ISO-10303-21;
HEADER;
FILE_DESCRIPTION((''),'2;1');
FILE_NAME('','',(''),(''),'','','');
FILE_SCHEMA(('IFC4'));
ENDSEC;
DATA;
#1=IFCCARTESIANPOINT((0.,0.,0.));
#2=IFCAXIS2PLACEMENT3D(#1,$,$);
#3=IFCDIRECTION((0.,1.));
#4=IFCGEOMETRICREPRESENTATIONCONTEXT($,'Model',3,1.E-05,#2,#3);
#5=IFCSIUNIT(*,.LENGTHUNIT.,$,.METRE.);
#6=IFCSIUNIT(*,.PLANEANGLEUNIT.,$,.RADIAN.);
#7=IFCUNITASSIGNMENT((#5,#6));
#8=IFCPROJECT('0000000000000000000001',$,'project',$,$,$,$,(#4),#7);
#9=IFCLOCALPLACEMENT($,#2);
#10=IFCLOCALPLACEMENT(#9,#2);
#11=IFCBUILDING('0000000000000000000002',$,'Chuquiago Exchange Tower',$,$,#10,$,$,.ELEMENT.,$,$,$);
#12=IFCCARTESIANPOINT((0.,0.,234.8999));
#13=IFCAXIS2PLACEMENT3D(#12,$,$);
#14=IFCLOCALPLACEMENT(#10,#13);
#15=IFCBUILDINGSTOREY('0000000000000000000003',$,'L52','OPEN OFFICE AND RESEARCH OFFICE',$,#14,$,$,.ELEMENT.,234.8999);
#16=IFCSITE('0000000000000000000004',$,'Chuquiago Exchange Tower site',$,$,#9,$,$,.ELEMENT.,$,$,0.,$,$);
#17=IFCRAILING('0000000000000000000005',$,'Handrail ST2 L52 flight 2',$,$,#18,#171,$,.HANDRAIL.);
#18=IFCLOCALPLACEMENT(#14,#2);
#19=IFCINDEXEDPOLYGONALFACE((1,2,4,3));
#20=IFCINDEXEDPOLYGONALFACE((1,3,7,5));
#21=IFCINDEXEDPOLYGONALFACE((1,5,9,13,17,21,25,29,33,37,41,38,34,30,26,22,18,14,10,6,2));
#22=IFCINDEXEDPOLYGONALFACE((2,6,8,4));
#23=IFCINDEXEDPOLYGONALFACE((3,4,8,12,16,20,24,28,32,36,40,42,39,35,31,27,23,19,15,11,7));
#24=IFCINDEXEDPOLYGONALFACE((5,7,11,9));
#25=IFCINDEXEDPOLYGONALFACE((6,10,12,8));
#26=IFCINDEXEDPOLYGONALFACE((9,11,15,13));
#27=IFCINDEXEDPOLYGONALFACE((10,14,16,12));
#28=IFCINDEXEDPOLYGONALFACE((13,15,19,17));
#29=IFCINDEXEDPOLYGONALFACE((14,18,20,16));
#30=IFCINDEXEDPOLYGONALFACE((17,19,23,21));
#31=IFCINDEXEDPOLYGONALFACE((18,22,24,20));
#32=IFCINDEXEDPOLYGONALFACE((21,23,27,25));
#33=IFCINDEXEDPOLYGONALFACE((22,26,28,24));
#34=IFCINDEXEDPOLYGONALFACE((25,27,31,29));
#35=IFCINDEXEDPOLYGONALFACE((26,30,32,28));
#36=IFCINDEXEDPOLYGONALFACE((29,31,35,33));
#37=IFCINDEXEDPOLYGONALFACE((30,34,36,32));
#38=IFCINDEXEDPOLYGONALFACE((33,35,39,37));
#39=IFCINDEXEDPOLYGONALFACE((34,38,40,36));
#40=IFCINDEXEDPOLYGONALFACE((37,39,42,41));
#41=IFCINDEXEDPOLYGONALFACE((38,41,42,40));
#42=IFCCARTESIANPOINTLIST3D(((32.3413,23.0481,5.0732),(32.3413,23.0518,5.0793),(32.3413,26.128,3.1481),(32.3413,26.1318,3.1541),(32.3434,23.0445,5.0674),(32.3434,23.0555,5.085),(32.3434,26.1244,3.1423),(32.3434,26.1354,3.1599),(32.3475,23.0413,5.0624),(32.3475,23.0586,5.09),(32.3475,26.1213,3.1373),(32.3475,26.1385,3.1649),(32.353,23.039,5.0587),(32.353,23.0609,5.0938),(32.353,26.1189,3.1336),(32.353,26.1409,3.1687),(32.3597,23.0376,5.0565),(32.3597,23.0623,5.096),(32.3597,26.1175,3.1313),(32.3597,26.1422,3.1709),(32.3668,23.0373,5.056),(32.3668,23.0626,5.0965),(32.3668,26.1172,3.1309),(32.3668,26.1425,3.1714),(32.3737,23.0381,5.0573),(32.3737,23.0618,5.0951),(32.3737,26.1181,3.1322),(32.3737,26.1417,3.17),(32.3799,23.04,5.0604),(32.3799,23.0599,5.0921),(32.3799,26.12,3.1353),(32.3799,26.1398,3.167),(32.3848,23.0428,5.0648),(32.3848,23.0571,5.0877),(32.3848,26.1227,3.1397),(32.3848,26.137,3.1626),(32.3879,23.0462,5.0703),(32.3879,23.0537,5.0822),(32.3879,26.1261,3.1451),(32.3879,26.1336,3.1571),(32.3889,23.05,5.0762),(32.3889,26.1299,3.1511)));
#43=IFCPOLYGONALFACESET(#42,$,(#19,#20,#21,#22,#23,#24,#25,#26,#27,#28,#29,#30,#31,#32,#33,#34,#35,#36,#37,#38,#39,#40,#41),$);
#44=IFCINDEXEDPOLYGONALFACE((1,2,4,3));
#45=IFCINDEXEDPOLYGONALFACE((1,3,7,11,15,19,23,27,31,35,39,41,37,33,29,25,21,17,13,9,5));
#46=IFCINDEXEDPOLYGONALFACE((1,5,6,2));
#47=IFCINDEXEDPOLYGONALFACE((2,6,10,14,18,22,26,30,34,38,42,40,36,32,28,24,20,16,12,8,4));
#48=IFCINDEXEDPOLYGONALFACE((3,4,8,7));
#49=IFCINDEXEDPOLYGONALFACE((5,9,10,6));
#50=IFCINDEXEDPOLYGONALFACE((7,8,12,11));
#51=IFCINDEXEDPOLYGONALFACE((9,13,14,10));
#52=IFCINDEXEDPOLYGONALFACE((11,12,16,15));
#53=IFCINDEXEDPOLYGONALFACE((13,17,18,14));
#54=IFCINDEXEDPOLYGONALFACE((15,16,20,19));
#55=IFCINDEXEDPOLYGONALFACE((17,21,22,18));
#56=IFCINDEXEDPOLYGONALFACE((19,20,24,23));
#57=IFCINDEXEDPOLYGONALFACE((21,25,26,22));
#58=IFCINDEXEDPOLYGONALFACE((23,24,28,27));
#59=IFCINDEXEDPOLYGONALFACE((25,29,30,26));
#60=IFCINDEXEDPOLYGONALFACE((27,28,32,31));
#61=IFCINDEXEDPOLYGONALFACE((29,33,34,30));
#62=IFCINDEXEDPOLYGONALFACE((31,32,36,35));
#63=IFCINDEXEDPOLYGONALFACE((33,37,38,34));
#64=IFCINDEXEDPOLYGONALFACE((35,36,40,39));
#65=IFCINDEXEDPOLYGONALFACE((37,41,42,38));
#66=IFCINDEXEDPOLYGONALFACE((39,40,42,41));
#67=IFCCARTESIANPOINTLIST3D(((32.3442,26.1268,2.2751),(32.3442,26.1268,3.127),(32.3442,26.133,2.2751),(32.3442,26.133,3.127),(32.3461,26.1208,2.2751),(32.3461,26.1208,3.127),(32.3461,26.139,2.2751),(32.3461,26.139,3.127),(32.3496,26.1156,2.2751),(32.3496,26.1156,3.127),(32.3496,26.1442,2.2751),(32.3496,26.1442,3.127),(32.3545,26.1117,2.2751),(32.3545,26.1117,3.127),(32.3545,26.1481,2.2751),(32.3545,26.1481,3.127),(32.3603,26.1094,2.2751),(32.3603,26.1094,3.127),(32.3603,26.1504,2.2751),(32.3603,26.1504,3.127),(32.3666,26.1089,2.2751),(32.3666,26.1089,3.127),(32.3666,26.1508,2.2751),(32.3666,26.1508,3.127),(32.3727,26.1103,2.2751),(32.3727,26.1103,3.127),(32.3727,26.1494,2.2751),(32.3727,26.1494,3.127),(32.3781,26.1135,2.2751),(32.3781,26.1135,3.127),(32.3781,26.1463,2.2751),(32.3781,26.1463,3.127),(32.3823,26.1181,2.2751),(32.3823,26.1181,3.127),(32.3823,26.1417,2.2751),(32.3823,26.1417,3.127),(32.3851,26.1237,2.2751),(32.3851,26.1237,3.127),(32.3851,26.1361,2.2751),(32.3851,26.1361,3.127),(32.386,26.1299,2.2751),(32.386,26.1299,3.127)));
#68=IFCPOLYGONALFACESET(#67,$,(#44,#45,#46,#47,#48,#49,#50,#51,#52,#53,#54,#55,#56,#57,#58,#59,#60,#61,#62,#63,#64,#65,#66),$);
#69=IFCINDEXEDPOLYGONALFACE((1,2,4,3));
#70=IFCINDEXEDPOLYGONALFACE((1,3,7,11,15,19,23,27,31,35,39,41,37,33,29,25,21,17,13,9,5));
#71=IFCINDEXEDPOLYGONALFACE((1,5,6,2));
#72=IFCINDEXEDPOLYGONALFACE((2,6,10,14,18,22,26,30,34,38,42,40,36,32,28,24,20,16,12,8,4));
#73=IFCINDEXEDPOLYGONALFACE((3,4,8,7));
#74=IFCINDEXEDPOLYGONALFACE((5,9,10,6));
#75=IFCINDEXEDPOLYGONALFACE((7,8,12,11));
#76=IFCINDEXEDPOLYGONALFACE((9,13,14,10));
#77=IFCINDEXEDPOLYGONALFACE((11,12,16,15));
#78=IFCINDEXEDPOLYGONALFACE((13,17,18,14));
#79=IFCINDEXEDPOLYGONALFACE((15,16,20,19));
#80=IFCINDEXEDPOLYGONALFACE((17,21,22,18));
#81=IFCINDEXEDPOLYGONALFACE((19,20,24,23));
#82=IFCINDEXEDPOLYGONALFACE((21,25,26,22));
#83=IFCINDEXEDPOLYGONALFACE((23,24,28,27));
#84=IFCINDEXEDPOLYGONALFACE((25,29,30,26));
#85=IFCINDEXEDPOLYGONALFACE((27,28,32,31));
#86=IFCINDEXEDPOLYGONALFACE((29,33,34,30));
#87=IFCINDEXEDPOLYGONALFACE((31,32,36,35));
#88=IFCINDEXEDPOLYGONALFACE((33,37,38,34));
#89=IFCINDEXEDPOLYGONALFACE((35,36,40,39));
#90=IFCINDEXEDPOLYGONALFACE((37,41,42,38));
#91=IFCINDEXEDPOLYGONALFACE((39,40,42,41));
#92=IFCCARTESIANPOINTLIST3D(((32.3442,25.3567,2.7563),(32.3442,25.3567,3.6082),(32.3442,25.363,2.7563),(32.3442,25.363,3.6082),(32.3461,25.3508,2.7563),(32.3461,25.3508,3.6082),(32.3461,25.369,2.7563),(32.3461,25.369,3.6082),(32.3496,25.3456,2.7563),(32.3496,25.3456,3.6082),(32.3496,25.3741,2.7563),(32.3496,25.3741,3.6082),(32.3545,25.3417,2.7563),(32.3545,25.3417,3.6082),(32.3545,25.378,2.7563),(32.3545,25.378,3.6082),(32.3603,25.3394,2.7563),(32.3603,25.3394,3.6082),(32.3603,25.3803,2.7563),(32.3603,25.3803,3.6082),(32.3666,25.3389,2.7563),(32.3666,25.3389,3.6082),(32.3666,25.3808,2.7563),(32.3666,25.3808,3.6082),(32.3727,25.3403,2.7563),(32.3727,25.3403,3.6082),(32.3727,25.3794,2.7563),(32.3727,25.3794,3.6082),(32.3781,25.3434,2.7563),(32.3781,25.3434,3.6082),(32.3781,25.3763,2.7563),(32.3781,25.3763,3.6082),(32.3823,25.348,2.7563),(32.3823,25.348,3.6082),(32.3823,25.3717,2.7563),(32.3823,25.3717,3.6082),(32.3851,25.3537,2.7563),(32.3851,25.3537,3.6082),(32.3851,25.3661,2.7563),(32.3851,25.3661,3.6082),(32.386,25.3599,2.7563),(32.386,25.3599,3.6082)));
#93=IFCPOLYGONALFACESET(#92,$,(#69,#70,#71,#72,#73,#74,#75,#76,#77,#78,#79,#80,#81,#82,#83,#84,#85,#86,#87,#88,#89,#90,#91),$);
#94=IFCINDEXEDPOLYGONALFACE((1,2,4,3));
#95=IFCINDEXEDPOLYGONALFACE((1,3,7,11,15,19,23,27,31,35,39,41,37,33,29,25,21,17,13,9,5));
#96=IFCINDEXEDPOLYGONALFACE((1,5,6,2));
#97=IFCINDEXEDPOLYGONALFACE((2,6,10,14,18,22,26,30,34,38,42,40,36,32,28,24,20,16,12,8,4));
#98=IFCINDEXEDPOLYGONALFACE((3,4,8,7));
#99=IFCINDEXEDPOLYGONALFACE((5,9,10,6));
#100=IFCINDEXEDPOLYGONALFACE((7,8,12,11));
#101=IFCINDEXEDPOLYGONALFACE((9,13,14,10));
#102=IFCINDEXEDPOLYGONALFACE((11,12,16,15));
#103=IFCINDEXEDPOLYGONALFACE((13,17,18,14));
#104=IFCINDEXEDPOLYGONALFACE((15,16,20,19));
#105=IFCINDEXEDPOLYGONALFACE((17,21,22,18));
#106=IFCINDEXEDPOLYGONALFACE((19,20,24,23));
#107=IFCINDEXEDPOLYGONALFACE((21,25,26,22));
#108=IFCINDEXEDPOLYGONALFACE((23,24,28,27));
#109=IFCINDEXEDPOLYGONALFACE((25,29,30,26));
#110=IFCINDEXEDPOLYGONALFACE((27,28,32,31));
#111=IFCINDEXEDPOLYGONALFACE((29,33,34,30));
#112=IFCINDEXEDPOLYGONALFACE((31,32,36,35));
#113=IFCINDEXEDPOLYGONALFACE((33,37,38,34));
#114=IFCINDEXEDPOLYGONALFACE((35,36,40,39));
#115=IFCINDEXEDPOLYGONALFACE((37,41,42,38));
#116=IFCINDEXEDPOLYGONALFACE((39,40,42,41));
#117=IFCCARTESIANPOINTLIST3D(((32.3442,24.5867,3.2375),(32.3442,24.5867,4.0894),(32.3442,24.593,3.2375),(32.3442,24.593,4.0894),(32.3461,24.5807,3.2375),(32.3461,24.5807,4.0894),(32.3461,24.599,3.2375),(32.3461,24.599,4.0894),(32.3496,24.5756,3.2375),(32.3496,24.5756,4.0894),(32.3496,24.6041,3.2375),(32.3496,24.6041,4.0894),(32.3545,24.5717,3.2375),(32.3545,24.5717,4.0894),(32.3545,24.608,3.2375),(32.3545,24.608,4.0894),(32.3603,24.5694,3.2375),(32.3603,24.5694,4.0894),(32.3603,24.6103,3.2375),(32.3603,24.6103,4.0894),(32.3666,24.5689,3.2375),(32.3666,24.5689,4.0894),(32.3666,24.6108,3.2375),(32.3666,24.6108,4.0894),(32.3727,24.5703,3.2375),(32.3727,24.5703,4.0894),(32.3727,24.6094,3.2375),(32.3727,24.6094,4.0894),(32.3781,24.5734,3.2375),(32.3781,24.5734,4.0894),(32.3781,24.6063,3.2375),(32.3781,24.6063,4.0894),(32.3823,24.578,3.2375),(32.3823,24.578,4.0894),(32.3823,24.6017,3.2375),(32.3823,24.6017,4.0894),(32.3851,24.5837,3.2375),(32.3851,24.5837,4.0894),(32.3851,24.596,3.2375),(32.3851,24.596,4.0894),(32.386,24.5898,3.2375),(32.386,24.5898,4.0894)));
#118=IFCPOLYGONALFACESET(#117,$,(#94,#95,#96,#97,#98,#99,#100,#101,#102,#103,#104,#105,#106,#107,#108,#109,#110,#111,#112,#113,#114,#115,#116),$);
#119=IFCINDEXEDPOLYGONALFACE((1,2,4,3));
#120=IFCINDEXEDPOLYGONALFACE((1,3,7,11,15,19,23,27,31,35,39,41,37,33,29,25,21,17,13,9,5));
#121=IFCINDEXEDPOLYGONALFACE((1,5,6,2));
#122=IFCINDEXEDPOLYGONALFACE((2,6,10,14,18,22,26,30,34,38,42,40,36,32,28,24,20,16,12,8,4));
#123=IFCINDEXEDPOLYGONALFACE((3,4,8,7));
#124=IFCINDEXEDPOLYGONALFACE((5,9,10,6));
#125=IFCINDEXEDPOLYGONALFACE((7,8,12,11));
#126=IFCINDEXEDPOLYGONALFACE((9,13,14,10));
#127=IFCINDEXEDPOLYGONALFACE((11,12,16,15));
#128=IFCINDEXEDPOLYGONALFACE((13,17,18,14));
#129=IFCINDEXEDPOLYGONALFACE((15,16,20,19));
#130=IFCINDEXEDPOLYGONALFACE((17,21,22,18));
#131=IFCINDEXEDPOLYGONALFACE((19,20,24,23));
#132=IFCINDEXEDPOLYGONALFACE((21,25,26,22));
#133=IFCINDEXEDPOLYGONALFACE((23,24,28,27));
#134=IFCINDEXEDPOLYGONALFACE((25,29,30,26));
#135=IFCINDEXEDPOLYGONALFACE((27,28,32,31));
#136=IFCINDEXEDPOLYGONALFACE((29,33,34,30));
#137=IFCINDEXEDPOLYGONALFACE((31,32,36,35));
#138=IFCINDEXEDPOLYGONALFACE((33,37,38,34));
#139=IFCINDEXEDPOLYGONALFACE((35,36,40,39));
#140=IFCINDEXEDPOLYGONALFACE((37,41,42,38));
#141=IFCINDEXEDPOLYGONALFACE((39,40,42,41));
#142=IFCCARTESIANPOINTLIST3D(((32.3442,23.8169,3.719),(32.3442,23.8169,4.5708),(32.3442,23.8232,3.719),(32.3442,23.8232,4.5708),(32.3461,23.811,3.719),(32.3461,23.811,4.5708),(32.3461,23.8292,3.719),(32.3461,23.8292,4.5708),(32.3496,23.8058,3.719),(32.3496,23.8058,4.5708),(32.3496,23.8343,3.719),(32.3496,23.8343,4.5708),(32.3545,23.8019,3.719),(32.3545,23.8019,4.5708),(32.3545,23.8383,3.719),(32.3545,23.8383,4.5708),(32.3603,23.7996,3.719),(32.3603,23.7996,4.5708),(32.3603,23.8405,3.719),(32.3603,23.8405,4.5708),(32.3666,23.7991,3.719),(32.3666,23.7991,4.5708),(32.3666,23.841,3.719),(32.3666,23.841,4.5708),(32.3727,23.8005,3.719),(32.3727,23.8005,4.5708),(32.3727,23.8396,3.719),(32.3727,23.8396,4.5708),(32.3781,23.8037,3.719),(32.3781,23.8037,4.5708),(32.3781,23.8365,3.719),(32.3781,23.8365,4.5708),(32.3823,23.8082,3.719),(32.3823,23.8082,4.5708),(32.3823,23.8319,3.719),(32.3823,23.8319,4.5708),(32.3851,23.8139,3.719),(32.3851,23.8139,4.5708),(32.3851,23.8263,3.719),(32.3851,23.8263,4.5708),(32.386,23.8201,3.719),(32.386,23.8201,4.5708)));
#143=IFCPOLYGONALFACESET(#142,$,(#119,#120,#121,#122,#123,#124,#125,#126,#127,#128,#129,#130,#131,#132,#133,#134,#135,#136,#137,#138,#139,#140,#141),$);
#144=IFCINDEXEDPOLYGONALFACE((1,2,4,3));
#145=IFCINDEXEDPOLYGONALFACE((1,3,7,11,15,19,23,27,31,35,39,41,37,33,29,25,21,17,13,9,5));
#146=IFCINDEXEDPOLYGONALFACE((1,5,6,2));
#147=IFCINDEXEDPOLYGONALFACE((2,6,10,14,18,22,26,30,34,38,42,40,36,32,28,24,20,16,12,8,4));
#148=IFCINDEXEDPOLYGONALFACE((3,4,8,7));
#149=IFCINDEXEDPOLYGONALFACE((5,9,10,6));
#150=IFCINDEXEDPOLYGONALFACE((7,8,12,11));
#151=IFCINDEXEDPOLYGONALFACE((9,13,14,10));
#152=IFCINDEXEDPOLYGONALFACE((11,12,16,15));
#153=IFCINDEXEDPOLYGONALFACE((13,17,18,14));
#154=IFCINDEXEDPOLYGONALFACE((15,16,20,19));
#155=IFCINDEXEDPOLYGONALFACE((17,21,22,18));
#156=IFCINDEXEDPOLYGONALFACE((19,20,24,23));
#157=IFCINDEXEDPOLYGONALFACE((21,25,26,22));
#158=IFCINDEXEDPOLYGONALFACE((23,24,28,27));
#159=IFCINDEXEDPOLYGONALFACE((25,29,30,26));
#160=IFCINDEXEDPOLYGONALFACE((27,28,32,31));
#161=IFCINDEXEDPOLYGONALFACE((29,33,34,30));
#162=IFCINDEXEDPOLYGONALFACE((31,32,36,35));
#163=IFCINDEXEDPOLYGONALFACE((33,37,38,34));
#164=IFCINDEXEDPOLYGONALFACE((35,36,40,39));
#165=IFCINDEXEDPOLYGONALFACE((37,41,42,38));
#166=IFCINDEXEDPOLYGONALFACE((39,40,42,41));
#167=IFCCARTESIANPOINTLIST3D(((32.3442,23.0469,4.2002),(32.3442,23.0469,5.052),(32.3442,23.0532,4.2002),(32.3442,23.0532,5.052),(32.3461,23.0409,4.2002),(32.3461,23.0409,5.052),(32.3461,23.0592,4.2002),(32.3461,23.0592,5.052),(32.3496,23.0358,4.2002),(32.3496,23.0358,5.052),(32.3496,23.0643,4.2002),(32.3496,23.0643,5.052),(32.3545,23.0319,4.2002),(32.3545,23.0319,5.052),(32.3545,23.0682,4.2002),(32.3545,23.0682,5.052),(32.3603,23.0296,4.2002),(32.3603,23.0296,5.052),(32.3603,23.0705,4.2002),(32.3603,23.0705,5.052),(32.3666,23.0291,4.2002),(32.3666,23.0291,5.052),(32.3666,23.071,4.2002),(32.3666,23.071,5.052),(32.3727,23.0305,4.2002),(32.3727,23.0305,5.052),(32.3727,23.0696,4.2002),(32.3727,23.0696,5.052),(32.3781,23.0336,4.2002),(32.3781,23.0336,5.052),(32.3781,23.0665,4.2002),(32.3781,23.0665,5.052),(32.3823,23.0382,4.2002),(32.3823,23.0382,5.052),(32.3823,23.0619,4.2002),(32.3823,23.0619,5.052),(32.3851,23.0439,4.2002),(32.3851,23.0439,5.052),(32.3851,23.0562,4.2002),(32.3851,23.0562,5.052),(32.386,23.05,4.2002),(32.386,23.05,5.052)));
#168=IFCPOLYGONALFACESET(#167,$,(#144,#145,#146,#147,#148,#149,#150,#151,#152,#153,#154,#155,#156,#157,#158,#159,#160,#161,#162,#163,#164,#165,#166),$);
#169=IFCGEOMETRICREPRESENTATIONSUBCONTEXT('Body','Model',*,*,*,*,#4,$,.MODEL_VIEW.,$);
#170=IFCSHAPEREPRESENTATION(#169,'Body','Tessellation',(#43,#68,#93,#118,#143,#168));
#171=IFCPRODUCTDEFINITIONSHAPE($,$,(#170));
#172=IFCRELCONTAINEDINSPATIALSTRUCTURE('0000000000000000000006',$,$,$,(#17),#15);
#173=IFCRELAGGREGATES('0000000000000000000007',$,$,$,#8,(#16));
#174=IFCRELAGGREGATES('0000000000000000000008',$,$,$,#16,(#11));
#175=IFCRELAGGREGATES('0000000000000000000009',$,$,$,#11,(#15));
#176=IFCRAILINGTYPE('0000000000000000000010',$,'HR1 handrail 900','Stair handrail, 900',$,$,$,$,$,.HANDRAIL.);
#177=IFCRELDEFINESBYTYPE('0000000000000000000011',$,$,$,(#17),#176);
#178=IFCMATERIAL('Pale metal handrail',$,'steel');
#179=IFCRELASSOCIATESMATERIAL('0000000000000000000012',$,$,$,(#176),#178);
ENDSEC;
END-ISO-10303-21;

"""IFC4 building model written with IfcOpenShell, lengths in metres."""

from ifc_helpers import new_model, si_unit, direction, frame, origin, origin_2d, place, context, subcontext, project, spatial, circle, extrude, material, type_object, element, save


model = new_model("IFC4")

# Units and contexts
model_context = context("Model", 3, precision=1e-05, world=origin(), true_north=direction((0.0, 1.0)))
body_context = subcontext(model_context, "Body", "Model", "MODEL_VIEW")
ifc_project = project(units=[si_unit("LENGTHUNIT", "METRE"), si_unit("PLANEANGLEUNIT", "RADIAN")], contexts=[model_context])

# Site, building, storey
site_placement = place(None, origin())
site = spatial("IfcSite", under=ifc_project, at=site_placement, Name="Chuquiago Exchange Tower site", CompositionType="ELEMENT", RefElevation=0.0)
building_placement = place(site_placement, origin())
building = spatial("IfcBuilding", under=site, at=building_placement, Name="Chuquiago Exchange Tower", CompositionType="ELEMENT")
storey_placement = place(building_placement, frame((0.0, 0.0, 234.8999)))
storey = spatial("IfcBuildingStorey", under=building, at=storey_placement, Name="L52", Description="OPEN OFFICE AND RESEARCH OFFICE", CompositionType="ELEMENT", Elevation=234.8999)

# Railing
ifc_material_1 = material(Name="Pale metal handrail", Category="steel")
railing_type_1 = type_object("IfcRailingType", Name="HR1 handrail 900", Description="Stair handrail, 900", PredefinedType="HANDRAIL", material=ifc_material_1)
for number, where, name in (
    (1, (32.365, 26.1299, 2.2751), "Handrail ST2 L52 flight 2"),
):
    element("IfcRailing", number, at=place(storey_placement, frame(where)), inside=storey, type_object=railing_type_1, Name=name, PredefinedType="HANDRAIL", context=body_context, shape_type="SweptSolid", body=[
        extrude(circle(Radius=0.0239, at=origin_2d()), frame((0.0, 0.0, 0.876), z_axis=(0.0, -0.847979, 0.530029), x_axis=(1.0, 0.0, 0.0)), (0.0, 0.0, 1.0), 3.6321),
        extrude(circle(Radius=0.021, at=origin_2d()), origin(), (0.0, 0.0, 1.0), 0.8518),
        extrude(circle(Radius=0.021, at=origin_2d()), frame((0.0, -0.77, 0.4812)), (0.0, 0.0, 1.0), 0.8518),
        extrude(circle(Radius=0.021, at=origin_2d()), frame((0.0, -1.54, 0.9624)), (0.0, 0.0, 1.0), 0.8518),
        extrude(circle(Radius=0.021, at=origin_2d()), frame((0.0, -2.3098, 1.4438)), (0.0, 0.0, 1.0), 0.8518),
        extrude(circle(Radius=0.021, at=origin_2d()), frame((0.0, -3.0798, 1.925)), (0.0, 0.0, 1.0), 0.8518),
    ])

save(model, "model.ifc")
